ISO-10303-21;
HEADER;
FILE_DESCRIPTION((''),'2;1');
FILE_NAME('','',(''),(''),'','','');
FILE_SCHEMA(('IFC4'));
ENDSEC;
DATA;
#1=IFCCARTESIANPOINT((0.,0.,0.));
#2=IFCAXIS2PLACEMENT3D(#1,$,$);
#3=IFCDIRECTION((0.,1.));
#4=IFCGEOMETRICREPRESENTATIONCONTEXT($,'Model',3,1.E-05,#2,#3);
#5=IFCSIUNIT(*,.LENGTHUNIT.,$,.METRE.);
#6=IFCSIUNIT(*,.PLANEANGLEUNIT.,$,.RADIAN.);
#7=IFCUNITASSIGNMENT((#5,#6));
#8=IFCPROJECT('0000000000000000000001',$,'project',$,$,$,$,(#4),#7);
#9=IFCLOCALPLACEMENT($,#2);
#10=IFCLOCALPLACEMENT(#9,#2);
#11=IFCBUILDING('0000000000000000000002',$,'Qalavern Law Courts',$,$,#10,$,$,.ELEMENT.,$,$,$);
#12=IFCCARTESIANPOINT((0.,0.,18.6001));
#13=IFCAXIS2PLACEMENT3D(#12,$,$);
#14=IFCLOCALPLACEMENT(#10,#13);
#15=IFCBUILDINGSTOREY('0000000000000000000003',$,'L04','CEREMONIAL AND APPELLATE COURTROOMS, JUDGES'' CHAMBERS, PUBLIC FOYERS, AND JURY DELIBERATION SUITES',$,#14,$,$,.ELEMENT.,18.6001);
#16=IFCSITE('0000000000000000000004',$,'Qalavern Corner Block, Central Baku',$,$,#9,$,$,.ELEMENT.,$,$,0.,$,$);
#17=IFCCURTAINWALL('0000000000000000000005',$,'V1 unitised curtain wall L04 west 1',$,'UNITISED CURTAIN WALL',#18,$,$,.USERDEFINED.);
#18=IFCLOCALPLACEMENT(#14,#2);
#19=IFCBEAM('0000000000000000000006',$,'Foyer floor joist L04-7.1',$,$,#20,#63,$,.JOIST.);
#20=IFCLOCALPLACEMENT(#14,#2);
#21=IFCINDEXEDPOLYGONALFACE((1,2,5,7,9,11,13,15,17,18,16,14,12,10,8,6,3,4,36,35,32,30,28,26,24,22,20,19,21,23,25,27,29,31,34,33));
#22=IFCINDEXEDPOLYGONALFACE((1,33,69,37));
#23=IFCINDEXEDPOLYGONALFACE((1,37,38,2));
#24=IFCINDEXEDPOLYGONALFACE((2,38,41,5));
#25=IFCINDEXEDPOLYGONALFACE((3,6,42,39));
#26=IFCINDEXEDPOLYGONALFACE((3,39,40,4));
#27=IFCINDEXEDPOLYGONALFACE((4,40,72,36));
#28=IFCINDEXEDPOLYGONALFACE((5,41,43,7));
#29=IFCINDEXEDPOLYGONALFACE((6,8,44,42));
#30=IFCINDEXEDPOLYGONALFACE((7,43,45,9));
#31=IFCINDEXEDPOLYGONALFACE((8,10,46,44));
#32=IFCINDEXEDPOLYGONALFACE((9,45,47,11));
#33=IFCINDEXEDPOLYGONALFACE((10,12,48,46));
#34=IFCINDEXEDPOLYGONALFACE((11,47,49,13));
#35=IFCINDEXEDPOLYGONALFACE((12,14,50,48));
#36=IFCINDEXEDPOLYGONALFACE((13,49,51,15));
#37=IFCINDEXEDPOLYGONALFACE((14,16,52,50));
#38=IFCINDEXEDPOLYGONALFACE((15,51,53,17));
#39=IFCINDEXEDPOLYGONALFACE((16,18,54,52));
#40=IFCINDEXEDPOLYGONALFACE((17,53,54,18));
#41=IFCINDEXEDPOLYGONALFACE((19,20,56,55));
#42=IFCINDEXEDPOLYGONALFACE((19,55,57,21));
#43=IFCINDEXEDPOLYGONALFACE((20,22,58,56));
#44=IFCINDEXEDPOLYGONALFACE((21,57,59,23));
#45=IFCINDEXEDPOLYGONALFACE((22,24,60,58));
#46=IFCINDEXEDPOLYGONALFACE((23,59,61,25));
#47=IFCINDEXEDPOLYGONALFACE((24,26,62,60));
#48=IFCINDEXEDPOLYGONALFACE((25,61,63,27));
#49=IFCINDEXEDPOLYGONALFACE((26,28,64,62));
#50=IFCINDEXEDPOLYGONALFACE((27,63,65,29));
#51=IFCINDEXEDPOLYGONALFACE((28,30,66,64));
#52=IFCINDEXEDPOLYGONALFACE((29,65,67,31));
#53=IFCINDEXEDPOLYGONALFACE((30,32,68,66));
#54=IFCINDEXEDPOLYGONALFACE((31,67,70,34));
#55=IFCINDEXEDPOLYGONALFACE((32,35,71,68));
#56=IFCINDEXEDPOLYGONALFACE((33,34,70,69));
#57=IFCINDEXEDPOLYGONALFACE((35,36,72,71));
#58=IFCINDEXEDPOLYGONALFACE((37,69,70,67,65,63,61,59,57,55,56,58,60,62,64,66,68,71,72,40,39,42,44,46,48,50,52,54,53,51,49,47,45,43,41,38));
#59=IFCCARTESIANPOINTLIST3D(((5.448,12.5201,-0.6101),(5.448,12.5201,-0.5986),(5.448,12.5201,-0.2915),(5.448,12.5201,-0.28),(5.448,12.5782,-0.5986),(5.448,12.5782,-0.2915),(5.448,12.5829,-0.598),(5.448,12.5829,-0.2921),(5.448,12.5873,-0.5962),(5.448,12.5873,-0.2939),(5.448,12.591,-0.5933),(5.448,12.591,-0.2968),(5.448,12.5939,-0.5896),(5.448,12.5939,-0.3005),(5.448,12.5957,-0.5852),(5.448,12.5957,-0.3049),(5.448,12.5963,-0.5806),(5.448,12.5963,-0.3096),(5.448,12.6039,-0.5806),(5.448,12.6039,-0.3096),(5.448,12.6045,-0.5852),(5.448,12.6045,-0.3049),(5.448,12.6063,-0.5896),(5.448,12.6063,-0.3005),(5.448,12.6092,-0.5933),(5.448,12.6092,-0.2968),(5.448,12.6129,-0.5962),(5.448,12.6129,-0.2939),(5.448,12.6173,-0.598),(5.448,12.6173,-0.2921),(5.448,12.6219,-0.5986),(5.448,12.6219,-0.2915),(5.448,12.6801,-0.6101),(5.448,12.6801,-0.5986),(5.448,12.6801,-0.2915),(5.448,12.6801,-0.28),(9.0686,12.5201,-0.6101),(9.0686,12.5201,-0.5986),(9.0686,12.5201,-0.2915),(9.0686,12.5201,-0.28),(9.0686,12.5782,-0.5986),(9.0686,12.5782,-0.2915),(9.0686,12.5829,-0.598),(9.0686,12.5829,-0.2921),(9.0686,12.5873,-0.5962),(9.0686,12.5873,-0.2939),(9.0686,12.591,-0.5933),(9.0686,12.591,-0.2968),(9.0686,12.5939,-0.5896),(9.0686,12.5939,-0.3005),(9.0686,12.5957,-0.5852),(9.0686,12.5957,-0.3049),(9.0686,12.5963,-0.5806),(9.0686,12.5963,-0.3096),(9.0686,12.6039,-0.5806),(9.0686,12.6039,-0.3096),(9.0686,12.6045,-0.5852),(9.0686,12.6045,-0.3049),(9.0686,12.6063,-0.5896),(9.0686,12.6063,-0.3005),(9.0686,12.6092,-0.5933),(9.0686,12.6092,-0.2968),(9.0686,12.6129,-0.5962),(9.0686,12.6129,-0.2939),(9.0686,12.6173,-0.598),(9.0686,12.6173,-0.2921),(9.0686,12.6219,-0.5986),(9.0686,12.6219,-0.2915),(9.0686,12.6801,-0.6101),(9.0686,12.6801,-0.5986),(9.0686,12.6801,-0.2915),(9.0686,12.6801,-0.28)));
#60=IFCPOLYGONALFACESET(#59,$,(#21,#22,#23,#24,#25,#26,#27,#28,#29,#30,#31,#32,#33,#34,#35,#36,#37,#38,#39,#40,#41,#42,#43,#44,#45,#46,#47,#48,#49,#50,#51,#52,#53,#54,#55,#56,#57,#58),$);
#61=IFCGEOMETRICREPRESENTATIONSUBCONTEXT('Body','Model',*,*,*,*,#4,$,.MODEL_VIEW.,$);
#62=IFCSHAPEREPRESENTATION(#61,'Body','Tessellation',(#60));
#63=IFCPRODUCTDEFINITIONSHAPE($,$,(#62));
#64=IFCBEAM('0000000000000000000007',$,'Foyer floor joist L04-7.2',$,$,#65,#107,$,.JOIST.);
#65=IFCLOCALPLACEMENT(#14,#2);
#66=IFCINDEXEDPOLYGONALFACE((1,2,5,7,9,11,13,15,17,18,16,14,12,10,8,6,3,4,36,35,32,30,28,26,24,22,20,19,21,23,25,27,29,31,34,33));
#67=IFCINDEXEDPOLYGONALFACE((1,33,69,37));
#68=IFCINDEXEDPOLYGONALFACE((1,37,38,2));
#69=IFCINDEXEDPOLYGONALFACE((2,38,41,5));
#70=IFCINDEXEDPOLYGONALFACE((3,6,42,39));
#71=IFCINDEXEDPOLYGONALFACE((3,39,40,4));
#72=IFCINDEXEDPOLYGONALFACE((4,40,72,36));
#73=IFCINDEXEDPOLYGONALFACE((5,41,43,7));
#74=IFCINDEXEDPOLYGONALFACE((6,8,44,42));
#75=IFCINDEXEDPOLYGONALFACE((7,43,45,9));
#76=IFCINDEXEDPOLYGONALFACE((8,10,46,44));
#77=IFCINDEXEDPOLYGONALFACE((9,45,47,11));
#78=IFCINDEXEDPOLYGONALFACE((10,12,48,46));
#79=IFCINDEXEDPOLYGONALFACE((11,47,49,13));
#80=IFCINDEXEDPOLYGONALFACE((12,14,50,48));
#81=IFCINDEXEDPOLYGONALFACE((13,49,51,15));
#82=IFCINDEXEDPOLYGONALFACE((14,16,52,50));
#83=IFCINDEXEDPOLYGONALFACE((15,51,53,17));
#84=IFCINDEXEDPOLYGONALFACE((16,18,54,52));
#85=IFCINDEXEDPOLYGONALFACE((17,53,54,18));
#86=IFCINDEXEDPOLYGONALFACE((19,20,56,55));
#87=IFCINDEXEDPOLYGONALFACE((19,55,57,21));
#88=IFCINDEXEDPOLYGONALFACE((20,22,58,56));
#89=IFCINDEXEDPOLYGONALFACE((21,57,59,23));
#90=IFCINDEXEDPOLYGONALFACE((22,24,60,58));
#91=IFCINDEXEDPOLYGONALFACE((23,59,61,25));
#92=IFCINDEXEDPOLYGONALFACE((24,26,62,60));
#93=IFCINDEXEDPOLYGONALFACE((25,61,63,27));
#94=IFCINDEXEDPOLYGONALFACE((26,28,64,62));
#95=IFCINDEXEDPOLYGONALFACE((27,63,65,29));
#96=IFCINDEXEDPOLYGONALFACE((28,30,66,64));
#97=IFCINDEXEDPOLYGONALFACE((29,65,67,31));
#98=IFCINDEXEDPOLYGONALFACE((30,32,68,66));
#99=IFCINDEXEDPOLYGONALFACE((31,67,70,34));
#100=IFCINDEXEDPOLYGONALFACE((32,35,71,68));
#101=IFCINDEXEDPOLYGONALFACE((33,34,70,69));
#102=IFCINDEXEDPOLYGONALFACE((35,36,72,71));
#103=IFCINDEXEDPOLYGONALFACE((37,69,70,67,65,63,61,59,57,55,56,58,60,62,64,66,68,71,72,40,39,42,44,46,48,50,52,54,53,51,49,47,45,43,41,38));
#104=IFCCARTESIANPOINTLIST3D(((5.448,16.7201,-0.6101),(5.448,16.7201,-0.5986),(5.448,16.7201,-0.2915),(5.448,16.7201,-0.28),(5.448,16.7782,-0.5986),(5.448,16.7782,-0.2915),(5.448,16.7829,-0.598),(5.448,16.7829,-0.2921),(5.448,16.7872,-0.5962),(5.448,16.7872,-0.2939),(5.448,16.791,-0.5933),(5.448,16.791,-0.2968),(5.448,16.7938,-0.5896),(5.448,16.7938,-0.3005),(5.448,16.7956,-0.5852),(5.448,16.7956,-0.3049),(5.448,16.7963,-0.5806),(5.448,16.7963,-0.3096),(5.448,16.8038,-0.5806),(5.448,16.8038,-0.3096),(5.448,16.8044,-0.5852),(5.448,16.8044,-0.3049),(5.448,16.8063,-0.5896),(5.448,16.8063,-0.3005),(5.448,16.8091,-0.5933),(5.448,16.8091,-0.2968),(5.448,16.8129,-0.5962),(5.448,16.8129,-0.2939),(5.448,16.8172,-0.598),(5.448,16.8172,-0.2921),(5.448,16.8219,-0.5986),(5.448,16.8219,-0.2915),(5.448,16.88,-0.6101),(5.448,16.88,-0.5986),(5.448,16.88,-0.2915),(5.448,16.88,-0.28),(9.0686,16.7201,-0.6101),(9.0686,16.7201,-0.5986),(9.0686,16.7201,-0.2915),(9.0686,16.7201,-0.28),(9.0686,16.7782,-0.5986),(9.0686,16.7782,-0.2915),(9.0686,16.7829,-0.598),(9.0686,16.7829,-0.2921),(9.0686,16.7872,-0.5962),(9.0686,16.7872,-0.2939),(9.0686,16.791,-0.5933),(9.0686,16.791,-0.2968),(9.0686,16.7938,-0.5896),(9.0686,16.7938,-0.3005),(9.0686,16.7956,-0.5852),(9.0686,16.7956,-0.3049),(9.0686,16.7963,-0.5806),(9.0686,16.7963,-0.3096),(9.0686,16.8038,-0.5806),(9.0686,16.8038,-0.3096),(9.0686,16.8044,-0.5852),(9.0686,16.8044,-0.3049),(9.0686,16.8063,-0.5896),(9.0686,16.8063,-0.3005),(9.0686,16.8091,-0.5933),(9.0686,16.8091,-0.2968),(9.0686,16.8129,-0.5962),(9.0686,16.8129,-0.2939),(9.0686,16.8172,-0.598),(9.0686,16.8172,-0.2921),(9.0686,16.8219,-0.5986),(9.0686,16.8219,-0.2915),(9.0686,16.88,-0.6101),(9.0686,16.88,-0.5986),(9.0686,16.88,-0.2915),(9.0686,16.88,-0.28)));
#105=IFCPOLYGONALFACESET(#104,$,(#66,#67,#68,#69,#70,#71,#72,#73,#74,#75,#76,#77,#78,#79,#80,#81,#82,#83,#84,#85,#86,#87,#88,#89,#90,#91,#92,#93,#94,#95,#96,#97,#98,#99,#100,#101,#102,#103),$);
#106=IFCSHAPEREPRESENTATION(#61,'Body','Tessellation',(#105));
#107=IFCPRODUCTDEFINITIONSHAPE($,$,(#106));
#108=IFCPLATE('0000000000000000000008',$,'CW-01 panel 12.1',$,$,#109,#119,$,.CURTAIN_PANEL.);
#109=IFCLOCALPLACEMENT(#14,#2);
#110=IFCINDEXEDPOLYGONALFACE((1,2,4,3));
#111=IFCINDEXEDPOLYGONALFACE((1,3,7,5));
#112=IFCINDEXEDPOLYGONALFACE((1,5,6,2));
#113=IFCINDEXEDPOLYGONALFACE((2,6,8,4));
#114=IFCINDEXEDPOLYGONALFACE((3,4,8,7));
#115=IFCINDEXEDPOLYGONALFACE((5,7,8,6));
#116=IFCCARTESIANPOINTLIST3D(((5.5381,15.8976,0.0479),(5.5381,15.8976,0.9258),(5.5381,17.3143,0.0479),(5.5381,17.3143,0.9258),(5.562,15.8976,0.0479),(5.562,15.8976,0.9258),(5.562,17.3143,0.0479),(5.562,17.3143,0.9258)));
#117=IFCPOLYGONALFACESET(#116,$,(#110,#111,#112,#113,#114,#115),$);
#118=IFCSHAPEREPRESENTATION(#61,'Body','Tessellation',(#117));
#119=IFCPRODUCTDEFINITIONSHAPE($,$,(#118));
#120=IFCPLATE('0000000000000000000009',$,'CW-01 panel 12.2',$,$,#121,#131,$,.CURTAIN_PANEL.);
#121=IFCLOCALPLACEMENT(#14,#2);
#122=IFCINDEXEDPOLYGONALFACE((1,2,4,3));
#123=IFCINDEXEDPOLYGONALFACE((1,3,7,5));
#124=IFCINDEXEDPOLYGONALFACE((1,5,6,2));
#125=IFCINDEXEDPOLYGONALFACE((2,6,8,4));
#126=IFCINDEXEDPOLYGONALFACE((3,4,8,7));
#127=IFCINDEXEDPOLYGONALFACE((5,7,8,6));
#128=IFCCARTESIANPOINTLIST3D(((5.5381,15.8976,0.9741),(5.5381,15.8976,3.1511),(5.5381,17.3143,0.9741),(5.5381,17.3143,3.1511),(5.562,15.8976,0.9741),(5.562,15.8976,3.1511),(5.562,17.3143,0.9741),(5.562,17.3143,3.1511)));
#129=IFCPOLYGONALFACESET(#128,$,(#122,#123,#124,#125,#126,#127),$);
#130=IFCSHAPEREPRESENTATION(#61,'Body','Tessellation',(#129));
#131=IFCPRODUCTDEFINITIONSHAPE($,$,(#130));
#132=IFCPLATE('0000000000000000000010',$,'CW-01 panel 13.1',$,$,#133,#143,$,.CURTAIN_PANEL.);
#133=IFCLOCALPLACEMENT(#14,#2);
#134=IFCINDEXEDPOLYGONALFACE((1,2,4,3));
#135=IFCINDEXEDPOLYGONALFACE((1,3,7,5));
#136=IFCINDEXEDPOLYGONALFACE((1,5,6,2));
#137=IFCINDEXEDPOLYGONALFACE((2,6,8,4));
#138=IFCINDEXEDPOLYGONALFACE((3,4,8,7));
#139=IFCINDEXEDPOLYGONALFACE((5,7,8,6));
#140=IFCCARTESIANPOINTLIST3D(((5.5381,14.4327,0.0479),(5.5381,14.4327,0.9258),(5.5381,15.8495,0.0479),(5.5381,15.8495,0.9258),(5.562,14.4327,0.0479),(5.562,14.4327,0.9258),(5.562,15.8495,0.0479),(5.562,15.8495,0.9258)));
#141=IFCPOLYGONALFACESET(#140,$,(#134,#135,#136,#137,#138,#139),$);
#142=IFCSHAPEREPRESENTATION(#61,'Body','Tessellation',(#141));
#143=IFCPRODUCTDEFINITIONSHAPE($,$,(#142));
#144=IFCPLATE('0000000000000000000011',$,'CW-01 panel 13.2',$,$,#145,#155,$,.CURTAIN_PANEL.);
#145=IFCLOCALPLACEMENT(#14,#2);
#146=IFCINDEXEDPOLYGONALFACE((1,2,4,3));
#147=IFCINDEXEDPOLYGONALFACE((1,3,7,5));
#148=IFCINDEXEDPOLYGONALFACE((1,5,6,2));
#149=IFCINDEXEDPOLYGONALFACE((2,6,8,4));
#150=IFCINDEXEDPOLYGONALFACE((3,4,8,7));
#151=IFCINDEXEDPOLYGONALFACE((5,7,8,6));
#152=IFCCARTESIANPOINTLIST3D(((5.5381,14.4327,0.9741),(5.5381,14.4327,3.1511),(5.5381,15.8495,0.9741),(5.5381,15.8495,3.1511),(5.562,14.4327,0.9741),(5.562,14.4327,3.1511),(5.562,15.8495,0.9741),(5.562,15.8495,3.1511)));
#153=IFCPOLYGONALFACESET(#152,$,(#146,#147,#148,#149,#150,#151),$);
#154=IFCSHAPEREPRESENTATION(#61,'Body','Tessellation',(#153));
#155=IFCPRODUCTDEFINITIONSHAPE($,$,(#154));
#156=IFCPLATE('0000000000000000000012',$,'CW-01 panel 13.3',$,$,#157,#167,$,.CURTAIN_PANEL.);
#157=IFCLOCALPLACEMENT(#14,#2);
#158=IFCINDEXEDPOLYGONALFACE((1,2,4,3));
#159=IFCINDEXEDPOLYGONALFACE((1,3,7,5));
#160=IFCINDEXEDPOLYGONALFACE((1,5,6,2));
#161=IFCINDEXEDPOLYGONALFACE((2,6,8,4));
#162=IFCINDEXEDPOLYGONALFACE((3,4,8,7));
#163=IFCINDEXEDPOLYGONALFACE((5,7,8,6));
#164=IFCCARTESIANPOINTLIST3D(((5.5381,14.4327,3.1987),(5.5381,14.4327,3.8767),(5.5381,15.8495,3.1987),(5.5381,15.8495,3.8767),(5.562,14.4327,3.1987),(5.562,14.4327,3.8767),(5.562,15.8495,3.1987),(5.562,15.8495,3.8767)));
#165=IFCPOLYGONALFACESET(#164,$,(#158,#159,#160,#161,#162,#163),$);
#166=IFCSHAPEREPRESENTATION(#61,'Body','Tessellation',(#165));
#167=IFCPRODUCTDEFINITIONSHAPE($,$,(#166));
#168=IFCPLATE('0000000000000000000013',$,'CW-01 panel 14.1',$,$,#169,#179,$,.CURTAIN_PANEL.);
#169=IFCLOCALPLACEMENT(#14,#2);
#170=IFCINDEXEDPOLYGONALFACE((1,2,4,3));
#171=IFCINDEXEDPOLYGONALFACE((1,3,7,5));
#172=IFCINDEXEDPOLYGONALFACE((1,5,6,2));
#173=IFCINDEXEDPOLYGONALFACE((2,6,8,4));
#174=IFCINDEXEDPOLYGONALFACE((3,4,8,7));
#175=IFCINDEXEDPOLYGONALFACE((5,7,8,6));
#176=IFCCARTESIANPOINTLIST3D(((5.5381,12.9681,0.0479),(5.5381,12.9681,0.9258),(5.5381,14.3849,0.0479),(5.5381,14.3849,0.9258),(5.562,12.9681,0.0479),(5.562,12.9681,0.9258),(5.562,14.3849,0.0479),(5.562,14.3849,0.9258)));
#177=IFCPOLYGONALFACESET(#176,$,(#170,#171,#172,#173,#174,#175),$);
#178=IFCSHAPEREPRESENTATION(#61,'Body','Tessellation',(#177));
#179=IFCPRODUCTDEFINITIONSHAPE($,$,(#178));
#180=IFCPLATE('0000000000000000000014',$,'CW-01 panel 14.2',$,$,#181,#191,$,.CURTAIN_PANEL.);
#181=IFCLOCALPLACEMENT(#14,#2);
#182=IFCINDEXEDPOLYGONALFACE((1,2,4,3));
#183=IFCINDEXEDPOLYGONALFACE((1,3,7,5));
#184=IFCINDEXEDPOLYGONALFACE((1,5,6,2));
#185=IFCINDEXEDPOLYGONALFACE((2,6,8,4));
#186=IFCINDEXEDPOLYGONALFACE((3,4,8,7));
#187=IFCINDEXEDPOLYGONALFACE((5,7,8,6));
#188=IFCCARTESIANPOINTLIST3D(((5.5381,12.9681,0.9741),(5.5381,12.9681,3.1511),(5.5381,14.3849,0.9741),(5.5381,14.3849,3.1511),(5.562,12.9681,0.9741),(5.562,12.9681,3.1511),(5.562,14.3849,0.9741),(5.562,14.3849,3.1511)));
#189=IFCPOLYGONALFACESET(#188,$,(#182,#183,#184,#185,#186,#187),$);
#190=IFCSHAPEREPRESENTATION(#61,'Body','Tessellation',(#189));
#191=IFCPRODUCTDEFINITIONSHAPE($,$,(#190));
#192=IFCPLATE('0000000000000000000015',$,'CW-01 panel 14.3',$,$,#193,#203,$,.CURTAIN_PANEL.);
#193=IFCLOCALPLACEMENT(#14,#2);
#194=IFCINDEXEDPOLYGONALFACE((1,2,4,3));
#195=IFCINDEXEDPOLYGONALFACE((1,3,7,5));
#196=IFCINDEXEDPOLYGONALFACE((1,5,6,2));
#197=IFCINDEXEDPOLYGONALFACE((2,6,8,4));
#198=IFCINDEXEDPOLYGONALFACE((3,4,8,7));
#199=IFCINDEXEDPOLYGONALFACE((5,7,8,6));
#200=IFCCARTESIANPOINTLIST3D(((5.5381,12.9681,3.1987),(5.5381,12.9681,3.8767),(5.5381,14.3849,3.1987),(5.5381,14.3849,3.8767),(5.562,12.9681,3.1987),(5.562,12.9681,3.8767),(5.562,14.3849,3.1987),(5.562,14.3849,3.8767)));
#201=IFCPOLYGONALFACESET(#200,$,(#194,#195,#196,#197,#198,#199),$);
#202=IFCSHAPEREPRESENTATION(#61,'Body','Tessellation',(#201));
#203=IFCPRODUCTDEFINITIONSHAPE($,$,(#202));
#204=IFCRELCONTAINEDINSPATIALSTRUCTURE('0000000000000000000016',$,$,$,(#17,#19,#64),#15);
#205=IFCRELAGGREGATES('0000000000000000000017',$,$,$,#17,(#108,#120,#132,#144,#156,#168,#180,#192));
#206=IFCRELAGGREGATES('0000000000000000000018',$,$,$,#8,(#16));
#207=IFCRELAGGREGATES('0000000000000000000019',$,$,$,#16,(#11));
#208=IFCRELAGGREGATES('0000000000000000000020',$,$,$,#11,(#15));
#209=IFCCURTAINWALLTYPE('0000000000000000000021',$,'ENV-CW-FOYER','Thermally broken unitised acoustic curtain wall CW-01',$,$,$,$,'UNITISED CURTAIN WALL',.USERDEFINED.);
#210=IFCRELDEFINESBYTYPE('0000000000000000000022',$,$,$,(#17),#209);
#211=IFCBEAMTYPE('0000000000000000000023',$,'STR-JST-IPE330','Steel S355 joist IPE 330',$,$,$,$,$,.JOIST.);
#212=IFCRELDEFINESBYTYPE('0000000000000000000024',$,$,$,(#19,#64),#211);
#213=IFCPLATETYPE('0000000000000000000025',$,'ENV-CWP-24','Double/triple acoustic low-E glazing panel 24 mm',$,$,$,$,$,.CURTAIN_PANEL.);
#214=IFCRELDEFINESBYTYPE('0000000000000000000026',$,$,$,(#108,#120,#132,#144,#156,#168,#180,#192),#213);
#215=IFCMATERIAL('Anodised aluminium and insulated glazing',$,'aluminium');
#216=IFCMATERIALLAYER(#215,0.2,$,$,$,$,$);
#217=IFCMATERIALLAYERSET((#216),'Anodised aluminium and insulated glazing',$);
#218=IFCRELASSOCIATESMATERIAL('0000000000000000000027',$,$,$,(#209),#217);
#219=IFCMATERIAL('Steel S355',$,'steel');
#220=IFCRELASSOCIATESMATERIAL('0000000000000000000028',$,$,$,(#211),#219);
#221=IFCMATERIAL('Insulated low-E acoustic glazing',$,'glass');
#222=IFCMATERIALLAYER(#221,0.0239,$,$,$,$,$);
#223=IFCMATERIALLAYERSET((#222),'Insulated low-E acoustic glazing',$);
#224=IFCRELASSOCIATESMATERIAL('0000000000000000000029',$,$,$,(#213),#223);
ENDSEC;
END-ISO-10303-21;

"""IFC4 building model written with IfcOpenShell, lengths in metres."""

from ifc_helpers import new_model, si_unit, direction, frame, origin, origin_2d, place, context, subcontext, project, spatial, rectangle, i_section, extrude, material, layer, layer_set, material_profile, profile_set, type_object, element, aggregate, save


model = new_model("IFC4")

# Units and contexts
model_context = context("Model", 3, precision=1e-05, world=origin(), true_north=direction((0.0, 1.0)))
body_context = subcontext(model_context, "Body", "Model", "MODEL_VIEW")
ifc_project = project(units=[si_unit("LENGTHUNIT", "METRE"), si_unit("PLANEANGLEUNIT", "RADIAN")], contexts=[model_context])

# Site, building, storey
site_placement = place(None, origin())
site = spatial("IfcSite", under=ifc_project, at=site_placement, Name="Qalavern Corner Block, Central Baku", CompositionType="ELEMENT", RefElevation=0.0)
building_placement = place(site_placement, origin())
building = spatial("IfcBuilding", under=site, at=building_placement, Name="Qalavern Law Courts", CompositionType="ELEMENT")
storey_placement = place(building_placement, frame((0.0, 0.0, 18.6001)))
storey = spatial("IfcBuildingStorey", under=building, at=storey_placement, Name="L04", Description="CEREMONIAL AND APPELLATE COURTROOMS, JUDGES' CHAMBERS, PUBLIC FOYERS, AND JURY DELIBERATION SUITES", CompositionType="ELEMENT", Elevation=18.6001)

# Curtain wall
ifc_material_1 = material(Name="Anodised aluminium and insulated glazing", Category="aluminium")
ifc_layer_1 = layer(ifc_material_1, 0.2)
ifc_layer_set_1 = layer_set([ifc_layer_1], Name="Anodised aluminium and insulated glazing")
curtain_wall_type = type_object("IfcCurtainWallType", Name="ENV-CW-FOYER", Description="Thermally broken unitised acoustic curtain wall CW-01", ElementType="UNITISED CURTAIN WALL", PredefinedType="USERDEFINED", material=ifc_layer_set_1)
curtain_wall_placement = place(storey_placement, origin())
curtain_wall = element("IfcCurtainWall", 1, at=curtain_wall_placement, inside=storey, type_object=curtain_wall_type, Name="V1 unitised curtain wall L04 west 1", ObjectType="UNITISED CURTAIN WALL", PredefinedType="USERDEFINED")

# Beams
ifc_material_2 = material(Name="Steel S355", Category="steel")
ifc_material_profile_1 = material_profile(ifc_material_2, i_section(OverallWidth=0.1599, OverallDepth=0.3301, WebThickness=0.0076, FlangeThickness=0.0115, FilletRadius=0.0181, at=origin_2d()), Name="IPE 330")
ifc_profile_set_1 = profile_set([ifc_material_profile_1], Name="Steel S355")
beam_type = type_object("IfcBeamType", Name="STR-JST-IPE330", Description="Steel S355 joist IPE 330", PredefinedType="JOIST", material=ifc_profile_set_1)
for number, where, z_axis, x_axis, name in (
    (2, (5.448, 12.6001, -0.4451), (1.0, 0.0, 0.0), (0.0, 1.0, 0.0), "Foyer floor joist L04-7.1"),
    (3, (5.448, 16.8, -0.4451), (1.0, 0.0, 0.0), (0.0, 1.0, 0.0), "Foyer floor joist L04-7.2"),
):
    element("IfcBeam", number, at=place(storey_placement, frame(where, z_axis=z_axis, x_axis=x_axis)), inside=storey, type_object=beam_type, Name=name, PredefinedType="JOIST", context=body_context, shape_type="SweptSolid", body=[
        extrude(i_section(OverallWidth=0.1599, OverallDepth=0.3301, WebThickness=0.0076, FlangeThickness=0.0115, FilletRadius=0.0181, at=origin_2d()), origin(), (0.0, 0.0, 1.0), 3.6206),
    ])

# Plates
ifc_material_3 = material(Name="Insulated low-E acoustic glazing", Category="glass")
ifc_layer_2 = layer(ifc_material_3, 0.0239)
ifc_layer_set_2 = layer_set([ifc_layer_2], Name="Insulated low-E acoustic glazing")
plate_type = type_object("IfcPlateType", Name="ENV-CWP-24", Description="Double/triple acoustic low-E glazing panel 24 mm", PredefinedType="CURTAIN_PANEL", material=ifc_layer_set_2)
plate_1_placement = place(storey_placement, frame((5.55, 16.606, 0.0479), z_axis=(0.0, 0.0, 1.0), x_axis=(0.0, -1.0, 0.0)))
plate_1 = element("IfcPlate", 4, at=plate_1_placement, type_object=plate_type, Name="CW-01 panel 12.1", PredefinedType="CURTAIN_PANEL", context=body_context, shape_type="SweptSolid", body=[
    extrude(rectangle(XDim=1.4167, YDim=0.0239, at=origin_2d()), origin(), (0.0, 0.0, 1.0), 0.8779),
])
plate_2_placement = place(storey_placement, frame((5.55, 16.606, 0.9741), z_axis=(0.0, 0.0, 1.0), x_axis=(0.0, -1.0, 0.0)))
plate_2 = element("IfcPlate", 5, at=plate_2_placement, type_object=plate_type, Name="CW-01 panel 12.2", PredefinedType="CURTAIN_PANEL", context=body_context, shape_type="SweptSolid", body=[
    extrude(rectangle(XDim=1.4167, YDim=0.0239, at=origin_2d()), origin(), (0.0, 0.0, 1.0), 2.177),
])
plate_3_placement = place(storey_placement, frame((5.55, 15.1411, 0.0479), z_axis=(0.0, 0.0, 1.0), x_axis=(0.0, -1.0, 0.0)))
plate_3 = element("IfcPlate", 6, at=plate_3_placement, type_object=plate_type, Name="CW-01 panel 13.1", PredefinedType="CURTAIN_PANEL", context=body_context, shape_type="SweptSolid", body=[
    extrude(rectangle(XDim=1.4167, YDim=0.0239, at=origin_2d()), origin(), (0.0, 0.0, 1.0), 0.8779),
])
plate_4_placement = place(storey_placement, frame((5.55, 15.1411, 0.9741), z_axis=(0.0, 0.0, 1.0), x_axis=(0.0, -1.0, 0.0)))
plate_4 = element("IfcPlate", 7, at=plate_4_placement, type_object=plate_type, Name="CW-01 panel 13.2", PredefinedType="CURTAIN_PANEL", context=body_context, shape_type="SweptSolid", body=[
    extrude(rectangle(XDim=1.4167, YDim=0.0239, at=origin_2d()), origin(), (0.0, 0.0, 1.0), 2.177),
])
plate_5_placement = place(storey_placement, frame((5.55, 15.1411, 3.1987), z_axis=(0.0, 0.0, 1.0), x_axis=(0.0, -1.0, 0.0)))
plate_5 = element("IfcPlate", 8, at=plate_5_placement, type_object=plate_type, Name="CW-01 panel 13.3", PredefinedType="CURTAIN_PANEL", context=body_context, shape_type="SweptSolid", body=[
    extrude(rectangle(XDim=1.4167, YDim=0.0239, at=origin_2d()), origin(), (0.0, 0.0, 1.0), 0.678),
])
plate_6_placement = place(storey_placement, frame((5.55, 13.6765, 0.0479), z_axis=(0.0, 0.0, 1.0), x_axis=(0.0, -1.0, 0.0)))
plate_6 = element("IfcPlate", 9, at=plate_6_placement, type_object=plate_type, Name="CW-01 panel 14.1", PredefinedType="CURTAIN_PANEL", context=body_context, shape_type="SweptSolid", body=[
    extrude(rectangle(XDim=1.4167, YDim=0.0239, at=origin_2d()), origin(), (0.0, 0.0, 1.0), 0.8779),
])
plate_7_placement = place(storey_placement, frame((5.55, 13.6765, 0.9741), z_axis=(0.0, 0.0, 1.0), x_axis=(0.0, -1.0, 0.0)))
plate_7 = element("IfcPlate", 10, at=plate_7_placement, type_object=plate_type, Name="CW-01 panel 14.2", PredefinedType="CURTAIN_PANEL", context=body_context, shape_type="SweptSolid", body=[
    extrude(rectangle(XDim=1.4167, YDim=0.0239, at=origin_2d()), origin(), (0.0, 0.0, 1.0), 2.177),
])
plate_8_placement = place(storey_placement, frame((5.55, 13.6765, 3.1987), z_axis=(0.0, 0.0, 1.0), x_axis=(0.0, -1.0, 0.0)))
plate_8 = element("IfcPlate", 11, at=plate_8_placement, type_object=plate_type, Name="CW-01 panel 14.3", PredefinedType="CURTAIN_PANEL", context=body_context, shape_type="SweptSolid", body=[
    extrude(rectangle(XDim=1.4167, YDim=0.0239, at=origin_2d()), origin(), (0.0, 0.0, 1.0), 0.678),
])
aggregate(curtain_wall, [plate_1, plate_2, plate_3, plate_4, plate_5, plate_6, plate_7, plate_8])

save(model, "model.ifc")
